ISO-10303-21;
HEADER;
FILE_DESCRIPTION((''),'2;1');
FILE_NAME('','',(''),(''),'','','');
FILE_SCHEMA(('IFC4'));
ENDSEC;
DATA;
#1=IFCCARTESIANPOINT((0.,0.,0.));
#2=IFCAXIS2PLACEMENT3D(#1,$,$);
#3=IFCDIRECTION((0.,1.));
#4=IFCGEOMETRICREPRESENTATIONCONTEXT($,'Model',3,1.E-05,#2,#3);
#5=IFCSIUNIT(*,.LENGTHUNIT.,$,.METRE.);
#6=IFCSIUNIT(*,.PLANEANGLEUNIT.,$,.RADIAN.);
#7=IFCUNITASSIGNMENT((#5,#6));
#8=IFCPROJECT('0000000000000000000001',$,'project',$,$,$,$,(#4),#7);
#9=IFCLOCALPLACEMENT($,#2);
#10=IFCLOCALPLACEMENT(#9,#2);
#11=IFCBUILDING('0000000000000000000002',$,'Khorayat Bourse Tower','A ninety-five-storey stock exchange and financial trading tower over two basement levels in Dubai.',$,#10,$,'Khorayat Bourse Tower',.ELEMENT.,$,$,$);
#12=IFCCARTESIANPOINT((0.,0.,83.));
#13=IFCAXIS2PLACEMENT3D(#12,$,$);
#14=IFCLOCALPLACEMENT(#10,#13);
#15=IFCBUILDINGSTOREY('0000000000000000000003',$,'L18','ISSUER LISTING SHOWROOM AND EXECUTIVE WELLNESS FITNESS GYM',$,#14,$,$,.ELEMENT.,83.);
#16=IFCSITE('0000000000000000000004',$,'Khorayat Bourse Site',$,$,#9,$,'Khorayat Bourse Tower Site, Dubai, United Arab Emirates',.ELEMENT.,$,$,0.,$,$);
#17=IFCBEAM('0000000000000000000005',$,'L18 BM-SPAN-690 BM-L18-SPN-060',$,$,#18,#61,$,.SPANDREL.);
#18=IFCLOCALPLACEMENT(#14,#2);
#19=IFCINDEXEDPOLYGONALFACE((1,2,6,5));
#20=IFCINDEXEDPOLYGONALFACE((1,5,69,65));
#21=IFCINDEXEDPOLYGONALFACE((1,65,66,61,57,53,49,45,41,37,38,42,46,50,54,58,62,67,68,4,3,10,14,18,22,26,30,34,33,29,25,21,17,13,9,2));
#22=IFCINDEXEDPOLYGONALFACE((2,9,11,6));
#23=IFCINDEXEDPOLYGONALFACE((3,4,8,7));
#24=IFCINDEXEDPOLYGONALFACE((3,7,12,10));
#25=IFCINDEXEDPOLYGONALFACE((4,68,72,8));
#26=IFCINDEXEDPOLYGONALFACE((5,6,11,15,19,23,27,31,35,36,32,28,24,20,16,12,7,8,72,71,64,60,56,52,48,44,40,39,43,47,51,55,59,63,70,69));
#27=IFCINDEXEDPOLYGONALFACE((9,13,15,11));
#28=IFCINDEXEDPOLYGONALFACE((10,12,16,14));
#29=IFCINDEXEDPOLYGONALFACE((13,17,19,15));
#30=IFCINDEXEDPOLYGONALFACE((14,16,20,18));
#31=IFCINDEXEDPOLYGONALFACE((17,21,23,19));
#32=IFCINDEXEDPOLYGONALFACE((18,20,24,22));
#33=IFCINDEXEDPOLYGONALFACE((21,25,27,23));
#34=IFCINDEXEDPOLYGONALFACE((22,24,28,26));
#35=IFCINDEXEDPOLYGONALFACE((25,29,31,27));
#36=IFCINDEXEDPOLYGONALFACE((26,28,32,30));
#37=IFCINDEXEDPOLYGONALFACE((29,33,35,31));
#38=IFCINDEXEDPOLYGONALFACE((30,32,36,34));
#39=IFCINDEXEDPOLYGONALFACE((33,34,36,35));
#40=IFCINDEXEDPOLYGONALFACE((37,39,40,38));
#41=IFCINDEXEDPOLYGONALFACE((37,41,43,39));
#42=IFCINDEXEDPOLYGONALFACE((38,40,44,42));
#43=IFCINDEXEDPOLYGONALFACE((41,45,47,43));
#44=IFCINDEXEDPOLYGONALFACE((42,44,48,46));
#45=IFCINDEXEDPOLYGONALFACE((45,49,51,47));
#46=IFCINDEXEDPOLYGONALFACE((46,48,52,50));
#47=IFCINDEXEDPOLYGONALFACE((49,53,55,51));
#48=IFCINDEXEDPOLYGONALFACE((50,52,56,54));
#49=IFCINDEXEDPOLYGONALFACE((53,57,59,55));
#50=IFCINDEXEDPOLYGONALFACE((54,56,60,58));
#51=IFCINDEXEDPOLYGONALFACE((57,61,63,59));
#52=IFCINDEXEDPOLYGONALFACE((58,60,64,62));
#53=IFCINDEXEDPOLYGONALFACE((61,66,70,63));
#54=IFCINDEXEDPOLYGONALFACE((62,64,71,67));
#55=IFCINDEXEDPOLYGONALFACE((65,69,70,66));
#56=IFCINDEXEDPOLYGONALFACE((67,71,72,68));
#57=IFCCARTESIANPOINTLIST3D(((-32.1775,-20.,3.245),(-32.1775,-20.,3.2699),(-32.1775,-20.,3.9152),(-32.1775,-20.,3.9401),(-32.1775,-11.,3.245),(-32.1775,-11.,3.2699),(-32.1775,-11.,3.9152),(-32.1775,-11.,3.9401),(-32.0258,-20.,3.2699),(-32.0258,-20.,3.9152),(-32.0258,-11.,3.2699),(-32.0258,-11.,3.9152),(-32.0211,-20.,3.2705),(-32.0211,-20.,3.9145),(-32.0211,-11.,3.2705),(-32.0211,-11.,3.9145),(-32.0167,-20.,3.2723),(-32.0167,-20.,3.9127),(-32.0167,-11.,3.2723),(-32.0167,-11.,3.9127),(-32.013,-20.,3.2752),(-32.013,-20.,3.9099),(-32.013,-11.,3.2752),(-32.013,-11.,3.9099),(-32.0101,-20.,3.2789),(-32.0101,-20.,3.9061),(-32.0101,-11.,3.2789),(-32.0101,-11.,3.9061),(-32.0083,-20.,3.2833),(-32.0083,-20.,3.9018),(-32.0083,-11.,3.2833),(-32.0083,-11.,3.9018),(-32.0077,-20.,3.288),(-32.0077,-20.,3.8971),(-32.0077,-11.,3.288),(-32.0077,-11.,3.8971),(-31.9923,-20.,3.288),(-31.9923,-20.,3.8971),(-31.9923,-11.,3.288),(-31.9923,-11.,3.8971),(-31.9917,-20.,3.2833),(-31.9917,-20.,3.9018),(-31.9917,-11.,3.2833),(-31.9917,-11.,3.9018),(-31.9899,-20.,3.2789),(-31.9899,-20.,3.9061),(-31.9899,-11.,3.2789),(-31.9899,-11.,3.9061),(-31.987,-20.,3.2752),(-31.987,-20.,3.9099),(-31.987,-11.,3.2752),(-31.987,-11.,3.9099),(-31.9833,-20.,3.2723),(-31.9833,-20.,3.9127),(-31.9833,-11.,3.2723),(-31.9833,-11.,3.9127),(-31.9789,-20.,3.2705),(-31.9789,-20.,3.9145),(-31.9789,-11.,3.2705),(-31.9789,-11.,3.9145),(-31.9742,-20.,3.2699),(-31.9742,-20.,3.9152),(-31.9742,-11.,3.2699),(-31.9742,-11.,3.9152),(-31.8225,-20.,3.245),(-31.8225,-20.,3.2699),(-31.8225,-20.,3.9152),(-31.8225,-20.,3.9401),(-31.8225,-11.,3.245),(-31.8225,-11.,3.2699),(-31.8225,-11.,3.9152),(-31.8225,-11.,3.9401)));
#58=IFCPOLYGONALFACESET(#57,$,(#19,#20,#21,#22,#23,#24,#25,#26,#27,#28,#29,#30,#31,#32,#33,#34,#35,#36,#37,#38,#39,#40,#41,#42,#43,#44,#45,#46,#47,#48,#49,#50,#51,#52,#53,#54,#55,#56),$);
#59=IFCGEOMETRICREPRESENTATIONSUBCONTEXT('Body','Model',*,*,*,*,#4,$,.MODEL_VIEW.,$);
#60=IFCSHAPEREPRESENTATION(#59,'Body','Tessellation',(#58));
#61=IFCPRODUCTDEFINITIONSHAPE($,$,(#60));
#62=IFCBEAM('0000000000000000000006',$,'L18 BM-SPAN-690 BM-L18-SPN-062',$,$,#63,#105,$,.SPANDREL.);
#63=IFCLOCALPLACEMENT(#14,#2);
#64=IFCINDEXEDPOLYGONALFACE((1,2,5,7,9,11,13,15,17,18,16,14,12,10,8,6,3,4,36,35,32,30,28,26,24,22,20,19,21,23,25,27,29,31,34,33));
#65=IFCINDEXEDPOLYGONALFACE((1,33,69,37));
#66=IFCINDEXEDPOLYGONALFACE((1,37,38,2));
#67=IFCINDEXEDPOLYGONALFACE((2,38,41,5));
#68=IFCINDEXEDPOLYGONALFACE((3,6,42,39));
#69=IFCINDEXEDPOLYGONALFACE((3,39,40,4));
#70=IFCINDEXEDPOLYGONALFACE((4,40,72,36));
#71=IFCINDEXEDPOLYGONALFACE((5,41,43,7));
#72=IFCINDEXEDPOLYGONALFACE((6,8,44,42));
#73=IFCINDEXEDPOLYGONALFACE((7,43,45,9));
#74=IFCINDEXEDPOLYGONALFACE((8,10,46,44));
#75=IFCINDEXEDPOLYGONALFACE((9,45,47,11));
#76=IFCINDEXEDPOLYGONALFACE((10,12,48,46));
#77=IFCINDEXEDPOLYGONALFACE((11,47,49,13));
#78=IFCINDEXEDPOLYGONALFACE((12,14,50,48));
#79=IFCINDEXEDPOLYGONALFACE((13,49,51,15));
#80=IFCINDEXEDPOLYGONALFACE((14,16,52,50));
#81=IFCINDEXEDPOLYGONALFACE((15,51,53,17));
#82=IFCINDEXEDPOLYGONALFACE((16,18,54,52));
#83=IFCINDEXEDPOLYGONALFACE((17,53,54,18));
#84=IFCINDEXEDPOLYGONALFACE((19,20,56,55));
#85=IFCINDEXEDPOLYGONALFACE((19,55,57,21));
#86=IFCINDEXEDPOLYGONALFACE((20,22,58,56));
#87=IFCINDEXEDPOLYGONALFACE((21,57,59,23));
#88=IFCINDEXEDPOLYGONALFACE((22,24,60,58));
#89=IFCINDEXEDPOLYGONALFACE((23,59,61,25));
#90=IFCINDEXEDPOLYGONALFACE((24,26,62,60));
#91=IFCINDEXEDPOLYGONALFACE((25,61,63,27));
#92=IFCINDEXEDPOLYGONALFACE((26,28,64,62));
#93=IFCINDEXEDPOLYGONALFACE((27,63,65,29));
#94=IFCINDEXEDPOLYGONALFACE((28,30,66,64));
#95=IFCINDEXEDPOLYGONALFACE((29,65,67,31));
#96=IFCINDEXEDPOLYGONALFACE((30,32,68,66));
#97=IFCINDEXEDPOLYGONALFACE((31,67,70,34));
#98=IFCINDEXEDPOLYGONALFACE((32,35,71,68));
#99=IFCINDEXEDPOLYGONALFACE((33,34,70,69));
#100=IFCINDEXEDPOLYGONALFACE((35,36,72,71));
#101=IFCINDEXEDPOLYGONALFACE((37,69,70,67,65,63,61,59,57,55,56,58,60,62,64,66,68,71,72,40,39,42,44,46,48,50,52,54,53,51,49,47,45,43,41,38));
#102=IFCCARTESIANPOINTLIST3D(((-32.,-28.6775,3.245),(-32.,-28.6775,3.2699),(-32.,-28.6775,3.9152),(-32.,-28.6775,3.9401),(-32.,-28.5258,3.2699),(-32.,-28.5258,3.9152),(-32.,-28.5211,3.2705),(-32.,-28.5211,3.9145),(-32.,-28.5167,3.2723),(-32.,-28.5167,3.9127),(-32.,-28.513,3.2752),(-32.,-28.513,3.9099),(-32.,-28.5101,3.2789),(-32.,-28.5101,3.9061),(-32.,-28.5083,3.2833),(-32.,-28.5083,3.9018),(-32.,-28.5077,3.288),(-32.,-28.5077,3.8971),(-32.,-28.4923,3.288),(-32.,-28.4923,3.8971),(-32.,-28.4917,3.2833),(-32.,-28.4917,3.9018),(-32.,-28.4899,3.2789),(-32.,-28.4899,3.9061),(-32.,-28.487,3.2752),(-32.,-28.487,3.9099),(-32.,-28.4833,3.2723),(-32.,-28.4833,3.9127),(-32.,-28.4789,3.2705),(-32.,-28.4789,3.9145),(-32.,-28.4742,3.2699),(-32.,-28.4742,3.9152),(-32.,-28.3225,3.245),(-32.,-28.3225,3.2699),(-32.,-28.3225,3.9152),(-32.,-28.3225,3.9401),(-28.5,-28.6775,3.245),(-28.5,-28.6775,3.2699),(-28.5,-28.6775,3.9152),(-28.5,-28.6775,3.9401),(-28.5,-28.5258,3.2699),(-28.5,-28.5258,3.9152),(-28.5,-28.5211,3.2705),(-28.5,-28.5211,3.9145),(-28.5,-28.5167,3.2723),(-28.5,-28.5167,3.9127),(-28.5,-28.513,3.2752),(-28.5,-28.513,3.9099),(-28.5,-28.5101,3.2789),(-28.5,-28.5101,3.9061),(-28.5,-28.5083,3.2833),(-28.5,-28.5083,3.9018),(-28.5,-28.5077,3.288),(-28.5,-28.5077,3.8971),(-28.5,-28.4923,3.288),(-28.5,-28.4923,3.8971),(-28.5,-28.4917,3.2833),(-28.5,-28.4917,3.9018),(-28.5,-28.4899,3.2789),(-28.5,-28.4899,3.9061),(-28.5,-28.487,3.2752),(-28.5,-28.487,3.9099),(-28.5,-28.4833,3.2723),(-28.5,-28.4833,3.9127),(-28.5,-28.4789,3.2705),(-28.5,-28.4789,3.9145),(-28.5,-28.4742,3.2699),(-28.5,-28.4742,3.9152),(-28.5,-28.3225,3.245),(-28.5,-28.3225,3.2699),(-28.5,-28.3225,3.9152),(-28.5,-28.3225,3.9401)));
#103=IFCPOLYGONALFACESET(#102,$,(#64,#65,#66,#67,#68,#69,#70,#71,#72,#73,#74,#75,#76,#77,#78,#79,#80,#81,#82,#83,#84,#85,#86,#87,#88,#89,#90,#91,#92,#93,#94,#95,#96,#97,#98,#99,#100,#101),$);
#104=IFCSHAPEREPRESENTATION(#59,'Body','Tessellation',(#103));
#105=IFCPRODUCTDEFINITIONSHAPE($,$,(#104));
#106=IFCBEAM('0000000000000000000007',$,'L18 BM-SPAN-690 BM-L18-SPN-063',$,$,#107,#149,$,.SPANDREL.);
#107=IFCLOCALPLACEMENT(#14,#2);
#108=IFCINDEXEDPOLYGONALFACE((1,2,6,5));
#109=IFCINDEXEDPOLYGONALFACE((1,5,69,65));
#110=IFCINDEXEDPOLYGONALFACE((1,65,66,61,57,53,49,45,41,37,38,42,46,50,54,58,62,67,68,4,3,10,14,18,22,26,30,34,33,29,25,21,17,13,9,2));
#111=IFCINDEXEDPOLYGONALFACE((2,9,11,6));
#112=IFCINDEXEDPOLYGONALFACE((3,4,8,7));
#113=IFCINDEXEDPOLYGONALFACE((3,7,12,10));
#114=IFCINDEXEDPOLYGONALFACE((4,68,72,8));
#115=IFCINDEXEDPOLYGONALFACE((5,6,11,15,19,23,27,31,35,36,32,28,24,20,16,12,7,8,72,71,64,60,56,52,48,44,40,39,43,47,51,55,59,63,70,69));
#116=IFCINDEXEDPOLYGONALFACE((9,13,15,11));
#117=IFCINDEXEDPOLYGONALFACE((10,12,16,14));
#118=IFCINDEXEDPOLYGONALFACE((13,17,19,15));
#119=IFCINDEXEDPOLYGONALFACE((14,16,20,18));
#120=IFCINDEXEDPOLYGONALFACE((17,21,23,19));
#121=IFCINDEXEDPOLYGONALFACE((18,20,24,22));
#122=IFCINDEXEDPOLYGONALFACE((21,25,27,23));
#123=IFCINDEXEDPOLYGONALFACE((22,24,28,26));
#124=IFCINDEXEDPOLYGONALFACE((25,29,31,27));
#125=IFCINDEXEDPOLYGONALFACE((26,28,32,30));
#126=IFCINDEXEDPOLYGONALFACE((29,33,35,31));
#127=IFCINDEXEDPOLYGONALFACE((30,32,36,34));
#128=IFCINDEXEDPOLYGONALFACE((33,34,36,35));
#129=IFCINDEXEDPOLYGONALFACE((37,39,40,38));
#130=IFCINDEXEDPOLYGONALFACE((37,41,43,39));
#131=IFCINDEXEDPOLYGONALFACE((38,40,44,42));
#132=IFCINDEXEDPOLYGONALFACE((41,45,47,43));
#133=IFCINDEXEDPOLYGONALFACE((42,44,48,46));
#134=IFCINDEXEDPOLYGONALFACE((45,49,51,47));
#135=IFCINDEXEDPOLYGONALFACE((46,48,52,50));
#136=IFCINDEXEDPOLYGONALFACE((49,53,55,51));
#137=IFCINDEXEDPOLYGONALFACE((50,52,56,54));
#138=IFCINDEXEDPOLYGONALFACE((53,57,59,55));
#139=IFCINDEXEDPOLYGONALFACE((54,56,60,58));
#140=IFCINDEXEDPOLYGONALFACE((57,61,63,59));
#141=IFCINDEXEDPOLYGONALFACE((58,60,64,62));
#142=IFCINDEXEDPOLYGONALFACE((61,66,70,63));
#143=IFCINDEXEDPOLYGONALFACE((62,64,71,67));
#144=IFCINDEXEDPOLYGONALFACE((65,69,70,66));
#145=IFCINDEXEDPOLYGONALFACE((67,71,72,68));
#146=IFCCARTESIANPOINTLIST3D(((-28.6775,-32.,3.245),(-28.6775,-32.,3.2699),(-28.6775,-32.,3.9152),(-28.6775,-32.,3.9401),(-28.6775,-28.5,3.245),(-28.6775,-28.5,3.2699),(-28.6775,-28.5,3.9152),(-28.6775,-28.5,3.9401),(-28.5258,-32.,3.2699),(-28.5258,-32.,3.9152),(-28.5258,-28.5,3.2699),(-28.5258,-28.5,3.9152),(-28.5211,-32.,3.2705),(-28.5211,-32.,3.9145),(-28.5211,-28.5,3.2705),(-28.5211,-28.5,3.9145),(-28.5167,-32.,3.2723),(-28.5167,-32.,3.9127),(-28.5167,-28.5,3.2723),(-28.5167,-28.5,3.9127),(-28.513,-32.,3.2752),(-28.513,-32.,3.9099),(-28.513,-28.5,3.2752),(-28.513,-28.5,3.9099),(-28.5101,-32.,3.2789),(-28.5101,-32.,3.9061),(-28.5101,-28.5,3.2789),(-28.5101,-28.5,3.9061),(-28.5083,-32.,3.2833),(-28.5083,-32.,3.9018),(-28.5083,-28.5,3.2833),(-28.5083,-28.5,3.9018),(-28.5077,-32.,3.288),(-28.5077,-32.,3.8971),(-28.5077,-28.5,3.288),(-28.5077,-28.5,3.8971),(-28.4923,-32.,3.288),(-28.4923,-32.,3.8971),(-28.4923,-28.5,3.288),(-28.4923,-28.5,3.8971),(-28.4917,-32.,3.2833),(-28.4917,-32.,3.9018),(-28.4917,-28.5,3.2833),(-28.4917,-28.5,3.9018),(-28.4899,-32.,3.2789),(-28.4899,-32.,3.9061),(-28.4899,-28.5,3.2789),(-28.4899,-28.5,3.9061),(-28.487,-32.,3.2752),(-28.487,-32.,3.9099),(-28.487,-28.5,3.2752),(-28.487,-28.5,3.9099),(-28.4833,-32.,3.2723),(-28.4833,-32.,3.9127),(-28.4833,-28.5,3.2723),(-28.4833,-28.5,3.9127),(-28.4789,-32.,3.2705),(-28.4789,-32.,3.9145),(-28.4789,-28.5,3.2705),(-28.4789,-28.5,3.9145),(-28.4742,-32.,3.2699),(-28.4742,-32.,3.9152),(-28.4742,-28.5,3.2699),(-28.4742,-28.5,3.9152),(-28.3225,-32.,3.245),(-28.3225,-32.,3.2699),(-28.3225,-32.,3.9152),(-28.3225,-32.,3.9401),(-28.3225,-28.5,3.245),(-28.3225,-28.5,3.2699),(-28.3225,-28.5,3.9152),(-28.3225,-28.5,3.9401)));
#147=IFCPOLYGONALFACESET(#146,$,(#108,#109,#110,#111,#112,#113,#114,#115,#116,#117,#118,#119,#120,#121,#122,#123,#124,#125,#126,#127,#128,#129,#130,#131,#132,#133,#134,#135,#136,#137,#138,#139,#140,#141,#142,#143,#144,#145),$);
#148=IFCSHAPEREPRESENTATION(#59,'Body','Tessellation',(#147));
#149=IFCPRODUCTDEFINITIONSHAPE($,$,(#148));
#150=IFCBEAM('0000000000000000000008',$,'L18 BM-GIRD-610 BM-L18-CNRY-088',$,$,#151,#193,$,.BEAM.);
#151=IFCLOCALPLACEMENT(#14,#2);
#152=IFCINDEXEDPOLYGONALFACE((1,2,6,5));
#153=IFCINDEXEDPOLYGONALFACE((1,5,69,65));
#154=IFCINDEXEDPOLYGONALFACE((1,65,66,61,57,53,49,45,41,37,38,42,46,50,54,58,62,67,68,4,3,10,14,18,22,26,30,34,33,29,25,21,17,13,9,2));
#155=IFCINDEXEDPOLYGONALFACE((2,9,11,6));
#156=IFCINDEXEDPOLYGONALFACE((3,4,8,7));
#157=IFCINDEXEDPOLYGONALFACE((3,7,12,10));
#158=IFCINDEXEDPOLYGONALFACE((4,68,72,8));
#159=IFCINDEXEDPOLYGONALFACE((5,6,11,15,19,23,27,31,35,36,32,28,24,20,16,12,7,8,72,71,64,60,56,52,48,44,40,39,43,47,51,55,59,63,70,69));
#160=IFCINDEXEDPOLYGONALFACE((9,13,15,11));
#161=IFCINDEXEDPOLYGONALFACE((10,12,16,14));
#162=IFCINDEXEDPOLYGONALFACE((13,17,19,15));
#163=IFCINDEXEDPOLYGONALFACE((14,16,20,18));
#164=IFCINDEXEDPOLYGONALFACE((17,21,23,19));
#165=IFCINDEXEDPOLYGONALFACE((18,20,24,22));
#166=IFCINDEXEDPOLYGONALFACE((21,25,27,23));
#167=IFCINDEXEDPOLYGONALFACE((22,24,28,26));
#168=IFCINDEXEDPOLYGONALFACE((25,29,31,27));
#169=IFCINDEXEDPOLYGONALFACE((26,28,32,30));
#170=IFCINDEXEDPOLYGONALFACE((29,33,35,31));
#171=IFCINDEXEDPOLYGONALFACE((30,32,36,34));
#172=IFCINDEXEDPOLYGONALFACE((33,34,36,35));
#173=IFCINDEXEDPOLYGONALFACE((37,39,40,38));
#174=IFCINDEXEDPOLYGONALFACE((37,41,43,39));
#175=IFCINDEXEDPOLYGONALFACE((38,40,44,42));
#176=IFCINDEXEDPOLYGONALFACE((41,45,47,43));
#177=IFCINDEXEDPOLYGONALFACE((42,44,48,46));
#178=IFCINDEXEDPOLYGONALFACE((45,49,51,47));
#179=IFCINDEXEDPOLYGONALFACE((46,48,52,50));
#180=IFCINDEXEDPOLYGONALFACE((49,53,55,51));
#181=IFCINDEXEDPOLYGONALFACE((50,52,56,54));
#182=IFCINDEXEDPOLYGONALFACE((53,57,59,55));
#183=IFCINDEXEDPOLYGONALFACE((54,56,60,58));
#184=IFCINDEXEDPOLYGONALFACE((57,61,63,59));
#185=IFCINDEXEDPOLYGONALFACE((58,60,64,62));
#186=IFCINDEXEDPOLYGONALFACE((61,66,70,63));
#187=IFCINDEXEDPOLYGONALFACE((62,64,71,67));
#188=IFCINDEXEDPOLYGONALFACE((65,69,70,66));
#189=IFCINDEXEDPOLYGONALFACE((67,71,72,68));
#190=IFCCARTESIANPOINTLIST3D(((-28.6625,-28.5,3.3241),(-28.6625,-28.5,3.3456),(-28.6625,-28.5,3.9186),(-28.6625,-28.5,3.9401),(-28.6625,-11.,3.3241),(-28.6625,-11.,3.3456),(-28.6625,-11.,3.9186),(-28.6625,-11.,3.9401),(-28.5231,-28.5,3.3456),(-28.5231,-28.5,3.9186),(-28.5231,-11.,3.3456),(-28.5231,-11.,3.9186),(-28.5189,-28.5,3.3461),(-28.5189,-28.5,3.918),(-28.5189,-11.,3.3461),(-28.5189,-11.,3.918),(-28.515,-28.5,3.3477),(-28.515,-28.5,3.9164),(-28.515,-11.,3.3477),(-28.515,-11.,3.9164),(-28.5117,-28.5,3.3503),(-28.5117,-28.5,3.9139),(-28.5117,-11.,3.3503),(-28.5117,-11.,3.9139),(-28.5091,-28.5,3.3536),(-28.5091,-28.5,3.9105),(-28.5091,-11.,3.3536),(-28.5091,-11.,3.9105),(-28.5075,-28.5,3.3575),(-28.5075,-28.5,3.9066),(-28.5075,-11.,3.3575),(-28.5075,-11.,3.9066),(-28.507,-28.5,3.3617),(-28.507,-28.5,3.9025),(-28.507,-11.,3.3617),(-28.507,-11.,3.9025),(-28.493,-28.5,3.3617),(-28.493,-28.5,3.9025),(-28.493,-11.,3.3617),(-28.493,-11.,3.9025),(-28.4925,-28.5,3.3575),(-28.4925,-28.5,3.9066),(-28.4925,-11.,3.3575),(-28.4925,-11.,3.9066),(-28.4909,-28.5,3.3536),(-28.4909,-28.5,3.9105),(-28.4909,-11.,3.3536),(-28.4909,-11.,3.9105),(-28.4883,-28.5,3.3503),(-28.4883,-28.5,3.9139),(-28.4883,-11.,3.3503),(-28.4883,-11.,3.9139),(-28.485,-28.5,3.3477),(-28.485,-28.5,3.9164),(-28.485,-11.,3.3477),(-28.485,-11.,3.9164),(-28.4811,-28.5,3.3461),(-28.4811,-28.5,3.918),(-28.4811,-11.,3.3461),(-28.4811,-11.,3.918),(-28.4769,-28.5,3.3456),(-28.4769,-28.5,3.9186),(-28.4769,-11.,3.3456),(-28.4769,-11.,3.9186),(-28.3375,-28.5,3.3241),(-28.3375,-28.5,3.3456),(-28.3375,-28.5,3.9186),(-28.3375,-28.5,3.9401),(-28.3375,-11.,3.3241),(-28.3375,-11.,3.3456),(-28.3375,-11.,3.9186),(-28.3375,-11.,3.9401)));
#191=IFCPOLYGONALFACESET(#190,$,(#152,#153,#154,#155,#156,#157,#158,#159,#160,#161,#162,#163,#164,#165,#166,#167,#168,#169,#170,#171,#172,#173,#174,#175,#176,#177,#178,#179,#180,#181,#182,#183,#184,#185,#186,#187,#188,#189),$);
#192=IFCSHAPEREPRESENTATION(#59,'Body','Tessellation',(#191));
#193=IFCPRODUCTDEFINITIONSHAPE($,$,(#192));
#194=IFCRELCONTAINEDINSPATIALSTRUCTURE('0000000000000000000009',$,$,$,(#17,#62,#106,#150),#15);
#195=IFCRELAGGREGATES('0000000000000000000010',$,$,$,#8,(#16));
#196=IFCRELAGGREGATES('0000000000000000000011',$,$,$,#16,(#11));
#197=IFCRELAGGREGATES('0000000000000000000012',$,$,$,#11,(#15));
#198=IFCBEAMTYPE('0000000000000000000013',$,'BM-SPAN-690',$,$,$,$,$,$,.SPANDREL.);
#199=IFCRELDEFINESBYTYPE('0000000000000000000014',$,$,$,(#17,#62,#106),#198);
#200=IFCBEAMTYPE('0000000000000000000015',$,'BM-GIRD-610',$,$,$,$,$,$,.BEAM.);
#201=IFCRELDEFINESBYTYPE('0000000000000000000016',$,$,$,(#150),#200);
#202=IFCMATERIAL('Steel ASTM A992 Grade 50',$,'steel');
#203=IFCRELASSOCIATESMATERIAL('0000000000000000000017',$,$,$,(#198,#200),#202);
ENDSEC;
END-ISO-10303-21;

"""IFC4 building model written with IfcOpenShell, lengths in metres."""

from ifc_helpers import new_model, si_unit, direction, frame, origin, origin_2d, place, context, subcontext, project, spatial, i_section, extrude, source, transform, mapped, material, material_profile, profile_set, type_object, element, save


model = new_model("IFC4")

# Units and contexts
model_context = context("Model", 3, precision=1e-05, world=origin(), true_north=direction((0.0, 1.0)))
body_context = subcontext(model_context, "Body", "Model", "MODEL_VIEW")
ifc_project = project(units=[si_unit("LENGTHUNIT", "METRE"), si_unit("PLANEANGLEUNIT", "RADIAN")], contexts=[model_context])

# Site, building, storey
site_placement = place(None, origin())
site = spatial("IfcSite", under=ifc_project, at=site_placement, Name="Khorayat Bourse Site", LongName="Khorayat Bourse Tower Site, Dubai, United Arab Emirates", CompositionType="ELEMENT", RefElevation=0.0)
building_placement = place(site_placement, origin())
building = spatial("IfcBuilding", under=site, at=building_placement, Name="Khorayat Bourse Tower", Description="A ninety-five-storey stock exchange and financial trading tower over two basement levels in Dubai.", LongName="Khorayat Bourse Tower", CompositionType="ELEMENT")
storey_placement = place(building_placement, frame((0.0, 0.0, 83.0)))
storey = spatial("IfcBuildingStorey", under=building, at=storey_placement, Name="L18", Description="ISSUER LISTING SHOWROOM AND EXECUTIVE WELLNESS FITNESS GYM", CompositionType="ELEMENT", Elevation=83.0)

# Beams
ifc_material_1 = material(Name="Steel ASTM A992 Grade 50", Category="steel")
ifc_material_profile_1 = material_profile(ifc_material_1, i_section(OverallWidth=0.355, OverallDepth=0.6951, WebThickness=0.0154, FlangeThickness=0.0249, FilletRadius=0.0181, at=origin_2d()), Name="W690X217")
ifc_profile_set_1 = profile_set([ifc_material_profile_1], Name="Steel ASTM A992 Grade 50")
beam_type_1 = type_object("IfcBeamType", Name="BM-SPAN-690", PredefinedType="SPANDREL", material=ifc_profile_set_1)
shared_shape_1 = source(origin(), body_context, "Body", "SweptSolid", [
    extrude(i_section(OverallWidth=0.355, OverallDepth=0.6951, WebThickness=0.0154, FlangeThickness=0.0249, FilletRadius=0.0181, at=origin_2d()), origin(), (0.0, 0.0, 1.0), 9.0),
])
beam_1_placement = place(storey_placement, frame((-32.0, -20.0, 3.5925), z_axis=(0.0, 1.0, 0.0), x_axis=(-1.0, 0.0, 0.0)))
element("IfcBeam", 1, at=beam_1_placement, inside=storey, type_object=beam_type_1, Name="L18 BM-SPAN-690 BM-L18-SPN-060", PredefinedType="SPANDREL", context=body_context, shape_type="MappedRepresentation", body=[
    mapped(shared_shape_1, transform((0.0, 0.0, 0.0), scale=1.0)),
])
shared_shape_2 = source(origin(), body_context, "Body", "SweptSolid", [
    extrude(i_section(OverallWidth=0.355, OverallDepth=0.6951, WebThickness=0.0154, FlangeThickness=0.0249, FilletRadius=0.0181, at=origin_2d()), origin(), (0.0, 0.0, 1.0), 3.5),
])
for number, where, z_axis, x_axis, name in (
    (2, (-32.0, -28.5, 3.5925), (1.0, 0.0, 0.0), (0.0, 1.0, 0.0), "L18 BM-SPAN-690 BM-L18-SPN-062"),
    (3, (-28.5, -32.0, 3.5925), (0.0, 1.0, 0.0), (-1.0, 0.0, 0.0), "L18 BM-SPAN-690 BM-L18-SPN-063"),
):
    element("IfcBeam", number, at=place(storey_placement, frame(where, z_axis=z_axis, x_axis=x_axis)), inside=storey, type_object=beam_type_1, Name=name, PredefinedType="SPANDREL", context=body_context, shape_type="MappedRepresentation", body=[
        mapped(shared_shape_2, transform((0.0, 0.0, 0.0), scale=1.0)),
    ])
ifc_material_profile_2 = material_profile(ifc_material_1, i_section(OverallWidth=0.325, OverallDepth=0.616, WebThickness=0.0139, FlangeThickness=0.0215, FilletRadius=0.0161, at=origin_2d()), Name="W610X174")
ifc_profile_set_2 = profile_set([ifc_material_profile_2], Name="Steel ASTM A992 Grade 50")
beam_type_2 = type_object("IfcBeamType", Name="BM-GIRD-610", PredefinedType="BEAM", material=ifc_profile_set_2)
shared_shape_3 = source(origin(), body_context, "Body", "SweptSolid", [
    extrude(i_section(OverallWidth=0.325, OverallDepth=0.616, WebThickness=0.0139, FlangeThickness=0.0215, FilletRadius=0.0161, at=origin_2d()), origin(), (0.0, 0.0, 1.0), 17.5),
])
beam_2_placement = place(storey_placement, frame((-28.5, -28.5, 3.6321), z_axis=(0.0, 1.0, 0.0), x_axis=(-1.0, 0.0, 0.0)))
element("IfcBeam", 4, at=beam_2_placement, inside=storey, type_object=beam_type_2, Name="L18 BM-GIRD-610 BM-L18-CNRY-088", PredefinedType="BEAM", context=body_context, shape_type="MappedRepresentation", body=[
    mapped(shared_shape_3, transform((0.0, 0.0, 0.0), scale=1.0)),
])

save(model, "model.ifc")
